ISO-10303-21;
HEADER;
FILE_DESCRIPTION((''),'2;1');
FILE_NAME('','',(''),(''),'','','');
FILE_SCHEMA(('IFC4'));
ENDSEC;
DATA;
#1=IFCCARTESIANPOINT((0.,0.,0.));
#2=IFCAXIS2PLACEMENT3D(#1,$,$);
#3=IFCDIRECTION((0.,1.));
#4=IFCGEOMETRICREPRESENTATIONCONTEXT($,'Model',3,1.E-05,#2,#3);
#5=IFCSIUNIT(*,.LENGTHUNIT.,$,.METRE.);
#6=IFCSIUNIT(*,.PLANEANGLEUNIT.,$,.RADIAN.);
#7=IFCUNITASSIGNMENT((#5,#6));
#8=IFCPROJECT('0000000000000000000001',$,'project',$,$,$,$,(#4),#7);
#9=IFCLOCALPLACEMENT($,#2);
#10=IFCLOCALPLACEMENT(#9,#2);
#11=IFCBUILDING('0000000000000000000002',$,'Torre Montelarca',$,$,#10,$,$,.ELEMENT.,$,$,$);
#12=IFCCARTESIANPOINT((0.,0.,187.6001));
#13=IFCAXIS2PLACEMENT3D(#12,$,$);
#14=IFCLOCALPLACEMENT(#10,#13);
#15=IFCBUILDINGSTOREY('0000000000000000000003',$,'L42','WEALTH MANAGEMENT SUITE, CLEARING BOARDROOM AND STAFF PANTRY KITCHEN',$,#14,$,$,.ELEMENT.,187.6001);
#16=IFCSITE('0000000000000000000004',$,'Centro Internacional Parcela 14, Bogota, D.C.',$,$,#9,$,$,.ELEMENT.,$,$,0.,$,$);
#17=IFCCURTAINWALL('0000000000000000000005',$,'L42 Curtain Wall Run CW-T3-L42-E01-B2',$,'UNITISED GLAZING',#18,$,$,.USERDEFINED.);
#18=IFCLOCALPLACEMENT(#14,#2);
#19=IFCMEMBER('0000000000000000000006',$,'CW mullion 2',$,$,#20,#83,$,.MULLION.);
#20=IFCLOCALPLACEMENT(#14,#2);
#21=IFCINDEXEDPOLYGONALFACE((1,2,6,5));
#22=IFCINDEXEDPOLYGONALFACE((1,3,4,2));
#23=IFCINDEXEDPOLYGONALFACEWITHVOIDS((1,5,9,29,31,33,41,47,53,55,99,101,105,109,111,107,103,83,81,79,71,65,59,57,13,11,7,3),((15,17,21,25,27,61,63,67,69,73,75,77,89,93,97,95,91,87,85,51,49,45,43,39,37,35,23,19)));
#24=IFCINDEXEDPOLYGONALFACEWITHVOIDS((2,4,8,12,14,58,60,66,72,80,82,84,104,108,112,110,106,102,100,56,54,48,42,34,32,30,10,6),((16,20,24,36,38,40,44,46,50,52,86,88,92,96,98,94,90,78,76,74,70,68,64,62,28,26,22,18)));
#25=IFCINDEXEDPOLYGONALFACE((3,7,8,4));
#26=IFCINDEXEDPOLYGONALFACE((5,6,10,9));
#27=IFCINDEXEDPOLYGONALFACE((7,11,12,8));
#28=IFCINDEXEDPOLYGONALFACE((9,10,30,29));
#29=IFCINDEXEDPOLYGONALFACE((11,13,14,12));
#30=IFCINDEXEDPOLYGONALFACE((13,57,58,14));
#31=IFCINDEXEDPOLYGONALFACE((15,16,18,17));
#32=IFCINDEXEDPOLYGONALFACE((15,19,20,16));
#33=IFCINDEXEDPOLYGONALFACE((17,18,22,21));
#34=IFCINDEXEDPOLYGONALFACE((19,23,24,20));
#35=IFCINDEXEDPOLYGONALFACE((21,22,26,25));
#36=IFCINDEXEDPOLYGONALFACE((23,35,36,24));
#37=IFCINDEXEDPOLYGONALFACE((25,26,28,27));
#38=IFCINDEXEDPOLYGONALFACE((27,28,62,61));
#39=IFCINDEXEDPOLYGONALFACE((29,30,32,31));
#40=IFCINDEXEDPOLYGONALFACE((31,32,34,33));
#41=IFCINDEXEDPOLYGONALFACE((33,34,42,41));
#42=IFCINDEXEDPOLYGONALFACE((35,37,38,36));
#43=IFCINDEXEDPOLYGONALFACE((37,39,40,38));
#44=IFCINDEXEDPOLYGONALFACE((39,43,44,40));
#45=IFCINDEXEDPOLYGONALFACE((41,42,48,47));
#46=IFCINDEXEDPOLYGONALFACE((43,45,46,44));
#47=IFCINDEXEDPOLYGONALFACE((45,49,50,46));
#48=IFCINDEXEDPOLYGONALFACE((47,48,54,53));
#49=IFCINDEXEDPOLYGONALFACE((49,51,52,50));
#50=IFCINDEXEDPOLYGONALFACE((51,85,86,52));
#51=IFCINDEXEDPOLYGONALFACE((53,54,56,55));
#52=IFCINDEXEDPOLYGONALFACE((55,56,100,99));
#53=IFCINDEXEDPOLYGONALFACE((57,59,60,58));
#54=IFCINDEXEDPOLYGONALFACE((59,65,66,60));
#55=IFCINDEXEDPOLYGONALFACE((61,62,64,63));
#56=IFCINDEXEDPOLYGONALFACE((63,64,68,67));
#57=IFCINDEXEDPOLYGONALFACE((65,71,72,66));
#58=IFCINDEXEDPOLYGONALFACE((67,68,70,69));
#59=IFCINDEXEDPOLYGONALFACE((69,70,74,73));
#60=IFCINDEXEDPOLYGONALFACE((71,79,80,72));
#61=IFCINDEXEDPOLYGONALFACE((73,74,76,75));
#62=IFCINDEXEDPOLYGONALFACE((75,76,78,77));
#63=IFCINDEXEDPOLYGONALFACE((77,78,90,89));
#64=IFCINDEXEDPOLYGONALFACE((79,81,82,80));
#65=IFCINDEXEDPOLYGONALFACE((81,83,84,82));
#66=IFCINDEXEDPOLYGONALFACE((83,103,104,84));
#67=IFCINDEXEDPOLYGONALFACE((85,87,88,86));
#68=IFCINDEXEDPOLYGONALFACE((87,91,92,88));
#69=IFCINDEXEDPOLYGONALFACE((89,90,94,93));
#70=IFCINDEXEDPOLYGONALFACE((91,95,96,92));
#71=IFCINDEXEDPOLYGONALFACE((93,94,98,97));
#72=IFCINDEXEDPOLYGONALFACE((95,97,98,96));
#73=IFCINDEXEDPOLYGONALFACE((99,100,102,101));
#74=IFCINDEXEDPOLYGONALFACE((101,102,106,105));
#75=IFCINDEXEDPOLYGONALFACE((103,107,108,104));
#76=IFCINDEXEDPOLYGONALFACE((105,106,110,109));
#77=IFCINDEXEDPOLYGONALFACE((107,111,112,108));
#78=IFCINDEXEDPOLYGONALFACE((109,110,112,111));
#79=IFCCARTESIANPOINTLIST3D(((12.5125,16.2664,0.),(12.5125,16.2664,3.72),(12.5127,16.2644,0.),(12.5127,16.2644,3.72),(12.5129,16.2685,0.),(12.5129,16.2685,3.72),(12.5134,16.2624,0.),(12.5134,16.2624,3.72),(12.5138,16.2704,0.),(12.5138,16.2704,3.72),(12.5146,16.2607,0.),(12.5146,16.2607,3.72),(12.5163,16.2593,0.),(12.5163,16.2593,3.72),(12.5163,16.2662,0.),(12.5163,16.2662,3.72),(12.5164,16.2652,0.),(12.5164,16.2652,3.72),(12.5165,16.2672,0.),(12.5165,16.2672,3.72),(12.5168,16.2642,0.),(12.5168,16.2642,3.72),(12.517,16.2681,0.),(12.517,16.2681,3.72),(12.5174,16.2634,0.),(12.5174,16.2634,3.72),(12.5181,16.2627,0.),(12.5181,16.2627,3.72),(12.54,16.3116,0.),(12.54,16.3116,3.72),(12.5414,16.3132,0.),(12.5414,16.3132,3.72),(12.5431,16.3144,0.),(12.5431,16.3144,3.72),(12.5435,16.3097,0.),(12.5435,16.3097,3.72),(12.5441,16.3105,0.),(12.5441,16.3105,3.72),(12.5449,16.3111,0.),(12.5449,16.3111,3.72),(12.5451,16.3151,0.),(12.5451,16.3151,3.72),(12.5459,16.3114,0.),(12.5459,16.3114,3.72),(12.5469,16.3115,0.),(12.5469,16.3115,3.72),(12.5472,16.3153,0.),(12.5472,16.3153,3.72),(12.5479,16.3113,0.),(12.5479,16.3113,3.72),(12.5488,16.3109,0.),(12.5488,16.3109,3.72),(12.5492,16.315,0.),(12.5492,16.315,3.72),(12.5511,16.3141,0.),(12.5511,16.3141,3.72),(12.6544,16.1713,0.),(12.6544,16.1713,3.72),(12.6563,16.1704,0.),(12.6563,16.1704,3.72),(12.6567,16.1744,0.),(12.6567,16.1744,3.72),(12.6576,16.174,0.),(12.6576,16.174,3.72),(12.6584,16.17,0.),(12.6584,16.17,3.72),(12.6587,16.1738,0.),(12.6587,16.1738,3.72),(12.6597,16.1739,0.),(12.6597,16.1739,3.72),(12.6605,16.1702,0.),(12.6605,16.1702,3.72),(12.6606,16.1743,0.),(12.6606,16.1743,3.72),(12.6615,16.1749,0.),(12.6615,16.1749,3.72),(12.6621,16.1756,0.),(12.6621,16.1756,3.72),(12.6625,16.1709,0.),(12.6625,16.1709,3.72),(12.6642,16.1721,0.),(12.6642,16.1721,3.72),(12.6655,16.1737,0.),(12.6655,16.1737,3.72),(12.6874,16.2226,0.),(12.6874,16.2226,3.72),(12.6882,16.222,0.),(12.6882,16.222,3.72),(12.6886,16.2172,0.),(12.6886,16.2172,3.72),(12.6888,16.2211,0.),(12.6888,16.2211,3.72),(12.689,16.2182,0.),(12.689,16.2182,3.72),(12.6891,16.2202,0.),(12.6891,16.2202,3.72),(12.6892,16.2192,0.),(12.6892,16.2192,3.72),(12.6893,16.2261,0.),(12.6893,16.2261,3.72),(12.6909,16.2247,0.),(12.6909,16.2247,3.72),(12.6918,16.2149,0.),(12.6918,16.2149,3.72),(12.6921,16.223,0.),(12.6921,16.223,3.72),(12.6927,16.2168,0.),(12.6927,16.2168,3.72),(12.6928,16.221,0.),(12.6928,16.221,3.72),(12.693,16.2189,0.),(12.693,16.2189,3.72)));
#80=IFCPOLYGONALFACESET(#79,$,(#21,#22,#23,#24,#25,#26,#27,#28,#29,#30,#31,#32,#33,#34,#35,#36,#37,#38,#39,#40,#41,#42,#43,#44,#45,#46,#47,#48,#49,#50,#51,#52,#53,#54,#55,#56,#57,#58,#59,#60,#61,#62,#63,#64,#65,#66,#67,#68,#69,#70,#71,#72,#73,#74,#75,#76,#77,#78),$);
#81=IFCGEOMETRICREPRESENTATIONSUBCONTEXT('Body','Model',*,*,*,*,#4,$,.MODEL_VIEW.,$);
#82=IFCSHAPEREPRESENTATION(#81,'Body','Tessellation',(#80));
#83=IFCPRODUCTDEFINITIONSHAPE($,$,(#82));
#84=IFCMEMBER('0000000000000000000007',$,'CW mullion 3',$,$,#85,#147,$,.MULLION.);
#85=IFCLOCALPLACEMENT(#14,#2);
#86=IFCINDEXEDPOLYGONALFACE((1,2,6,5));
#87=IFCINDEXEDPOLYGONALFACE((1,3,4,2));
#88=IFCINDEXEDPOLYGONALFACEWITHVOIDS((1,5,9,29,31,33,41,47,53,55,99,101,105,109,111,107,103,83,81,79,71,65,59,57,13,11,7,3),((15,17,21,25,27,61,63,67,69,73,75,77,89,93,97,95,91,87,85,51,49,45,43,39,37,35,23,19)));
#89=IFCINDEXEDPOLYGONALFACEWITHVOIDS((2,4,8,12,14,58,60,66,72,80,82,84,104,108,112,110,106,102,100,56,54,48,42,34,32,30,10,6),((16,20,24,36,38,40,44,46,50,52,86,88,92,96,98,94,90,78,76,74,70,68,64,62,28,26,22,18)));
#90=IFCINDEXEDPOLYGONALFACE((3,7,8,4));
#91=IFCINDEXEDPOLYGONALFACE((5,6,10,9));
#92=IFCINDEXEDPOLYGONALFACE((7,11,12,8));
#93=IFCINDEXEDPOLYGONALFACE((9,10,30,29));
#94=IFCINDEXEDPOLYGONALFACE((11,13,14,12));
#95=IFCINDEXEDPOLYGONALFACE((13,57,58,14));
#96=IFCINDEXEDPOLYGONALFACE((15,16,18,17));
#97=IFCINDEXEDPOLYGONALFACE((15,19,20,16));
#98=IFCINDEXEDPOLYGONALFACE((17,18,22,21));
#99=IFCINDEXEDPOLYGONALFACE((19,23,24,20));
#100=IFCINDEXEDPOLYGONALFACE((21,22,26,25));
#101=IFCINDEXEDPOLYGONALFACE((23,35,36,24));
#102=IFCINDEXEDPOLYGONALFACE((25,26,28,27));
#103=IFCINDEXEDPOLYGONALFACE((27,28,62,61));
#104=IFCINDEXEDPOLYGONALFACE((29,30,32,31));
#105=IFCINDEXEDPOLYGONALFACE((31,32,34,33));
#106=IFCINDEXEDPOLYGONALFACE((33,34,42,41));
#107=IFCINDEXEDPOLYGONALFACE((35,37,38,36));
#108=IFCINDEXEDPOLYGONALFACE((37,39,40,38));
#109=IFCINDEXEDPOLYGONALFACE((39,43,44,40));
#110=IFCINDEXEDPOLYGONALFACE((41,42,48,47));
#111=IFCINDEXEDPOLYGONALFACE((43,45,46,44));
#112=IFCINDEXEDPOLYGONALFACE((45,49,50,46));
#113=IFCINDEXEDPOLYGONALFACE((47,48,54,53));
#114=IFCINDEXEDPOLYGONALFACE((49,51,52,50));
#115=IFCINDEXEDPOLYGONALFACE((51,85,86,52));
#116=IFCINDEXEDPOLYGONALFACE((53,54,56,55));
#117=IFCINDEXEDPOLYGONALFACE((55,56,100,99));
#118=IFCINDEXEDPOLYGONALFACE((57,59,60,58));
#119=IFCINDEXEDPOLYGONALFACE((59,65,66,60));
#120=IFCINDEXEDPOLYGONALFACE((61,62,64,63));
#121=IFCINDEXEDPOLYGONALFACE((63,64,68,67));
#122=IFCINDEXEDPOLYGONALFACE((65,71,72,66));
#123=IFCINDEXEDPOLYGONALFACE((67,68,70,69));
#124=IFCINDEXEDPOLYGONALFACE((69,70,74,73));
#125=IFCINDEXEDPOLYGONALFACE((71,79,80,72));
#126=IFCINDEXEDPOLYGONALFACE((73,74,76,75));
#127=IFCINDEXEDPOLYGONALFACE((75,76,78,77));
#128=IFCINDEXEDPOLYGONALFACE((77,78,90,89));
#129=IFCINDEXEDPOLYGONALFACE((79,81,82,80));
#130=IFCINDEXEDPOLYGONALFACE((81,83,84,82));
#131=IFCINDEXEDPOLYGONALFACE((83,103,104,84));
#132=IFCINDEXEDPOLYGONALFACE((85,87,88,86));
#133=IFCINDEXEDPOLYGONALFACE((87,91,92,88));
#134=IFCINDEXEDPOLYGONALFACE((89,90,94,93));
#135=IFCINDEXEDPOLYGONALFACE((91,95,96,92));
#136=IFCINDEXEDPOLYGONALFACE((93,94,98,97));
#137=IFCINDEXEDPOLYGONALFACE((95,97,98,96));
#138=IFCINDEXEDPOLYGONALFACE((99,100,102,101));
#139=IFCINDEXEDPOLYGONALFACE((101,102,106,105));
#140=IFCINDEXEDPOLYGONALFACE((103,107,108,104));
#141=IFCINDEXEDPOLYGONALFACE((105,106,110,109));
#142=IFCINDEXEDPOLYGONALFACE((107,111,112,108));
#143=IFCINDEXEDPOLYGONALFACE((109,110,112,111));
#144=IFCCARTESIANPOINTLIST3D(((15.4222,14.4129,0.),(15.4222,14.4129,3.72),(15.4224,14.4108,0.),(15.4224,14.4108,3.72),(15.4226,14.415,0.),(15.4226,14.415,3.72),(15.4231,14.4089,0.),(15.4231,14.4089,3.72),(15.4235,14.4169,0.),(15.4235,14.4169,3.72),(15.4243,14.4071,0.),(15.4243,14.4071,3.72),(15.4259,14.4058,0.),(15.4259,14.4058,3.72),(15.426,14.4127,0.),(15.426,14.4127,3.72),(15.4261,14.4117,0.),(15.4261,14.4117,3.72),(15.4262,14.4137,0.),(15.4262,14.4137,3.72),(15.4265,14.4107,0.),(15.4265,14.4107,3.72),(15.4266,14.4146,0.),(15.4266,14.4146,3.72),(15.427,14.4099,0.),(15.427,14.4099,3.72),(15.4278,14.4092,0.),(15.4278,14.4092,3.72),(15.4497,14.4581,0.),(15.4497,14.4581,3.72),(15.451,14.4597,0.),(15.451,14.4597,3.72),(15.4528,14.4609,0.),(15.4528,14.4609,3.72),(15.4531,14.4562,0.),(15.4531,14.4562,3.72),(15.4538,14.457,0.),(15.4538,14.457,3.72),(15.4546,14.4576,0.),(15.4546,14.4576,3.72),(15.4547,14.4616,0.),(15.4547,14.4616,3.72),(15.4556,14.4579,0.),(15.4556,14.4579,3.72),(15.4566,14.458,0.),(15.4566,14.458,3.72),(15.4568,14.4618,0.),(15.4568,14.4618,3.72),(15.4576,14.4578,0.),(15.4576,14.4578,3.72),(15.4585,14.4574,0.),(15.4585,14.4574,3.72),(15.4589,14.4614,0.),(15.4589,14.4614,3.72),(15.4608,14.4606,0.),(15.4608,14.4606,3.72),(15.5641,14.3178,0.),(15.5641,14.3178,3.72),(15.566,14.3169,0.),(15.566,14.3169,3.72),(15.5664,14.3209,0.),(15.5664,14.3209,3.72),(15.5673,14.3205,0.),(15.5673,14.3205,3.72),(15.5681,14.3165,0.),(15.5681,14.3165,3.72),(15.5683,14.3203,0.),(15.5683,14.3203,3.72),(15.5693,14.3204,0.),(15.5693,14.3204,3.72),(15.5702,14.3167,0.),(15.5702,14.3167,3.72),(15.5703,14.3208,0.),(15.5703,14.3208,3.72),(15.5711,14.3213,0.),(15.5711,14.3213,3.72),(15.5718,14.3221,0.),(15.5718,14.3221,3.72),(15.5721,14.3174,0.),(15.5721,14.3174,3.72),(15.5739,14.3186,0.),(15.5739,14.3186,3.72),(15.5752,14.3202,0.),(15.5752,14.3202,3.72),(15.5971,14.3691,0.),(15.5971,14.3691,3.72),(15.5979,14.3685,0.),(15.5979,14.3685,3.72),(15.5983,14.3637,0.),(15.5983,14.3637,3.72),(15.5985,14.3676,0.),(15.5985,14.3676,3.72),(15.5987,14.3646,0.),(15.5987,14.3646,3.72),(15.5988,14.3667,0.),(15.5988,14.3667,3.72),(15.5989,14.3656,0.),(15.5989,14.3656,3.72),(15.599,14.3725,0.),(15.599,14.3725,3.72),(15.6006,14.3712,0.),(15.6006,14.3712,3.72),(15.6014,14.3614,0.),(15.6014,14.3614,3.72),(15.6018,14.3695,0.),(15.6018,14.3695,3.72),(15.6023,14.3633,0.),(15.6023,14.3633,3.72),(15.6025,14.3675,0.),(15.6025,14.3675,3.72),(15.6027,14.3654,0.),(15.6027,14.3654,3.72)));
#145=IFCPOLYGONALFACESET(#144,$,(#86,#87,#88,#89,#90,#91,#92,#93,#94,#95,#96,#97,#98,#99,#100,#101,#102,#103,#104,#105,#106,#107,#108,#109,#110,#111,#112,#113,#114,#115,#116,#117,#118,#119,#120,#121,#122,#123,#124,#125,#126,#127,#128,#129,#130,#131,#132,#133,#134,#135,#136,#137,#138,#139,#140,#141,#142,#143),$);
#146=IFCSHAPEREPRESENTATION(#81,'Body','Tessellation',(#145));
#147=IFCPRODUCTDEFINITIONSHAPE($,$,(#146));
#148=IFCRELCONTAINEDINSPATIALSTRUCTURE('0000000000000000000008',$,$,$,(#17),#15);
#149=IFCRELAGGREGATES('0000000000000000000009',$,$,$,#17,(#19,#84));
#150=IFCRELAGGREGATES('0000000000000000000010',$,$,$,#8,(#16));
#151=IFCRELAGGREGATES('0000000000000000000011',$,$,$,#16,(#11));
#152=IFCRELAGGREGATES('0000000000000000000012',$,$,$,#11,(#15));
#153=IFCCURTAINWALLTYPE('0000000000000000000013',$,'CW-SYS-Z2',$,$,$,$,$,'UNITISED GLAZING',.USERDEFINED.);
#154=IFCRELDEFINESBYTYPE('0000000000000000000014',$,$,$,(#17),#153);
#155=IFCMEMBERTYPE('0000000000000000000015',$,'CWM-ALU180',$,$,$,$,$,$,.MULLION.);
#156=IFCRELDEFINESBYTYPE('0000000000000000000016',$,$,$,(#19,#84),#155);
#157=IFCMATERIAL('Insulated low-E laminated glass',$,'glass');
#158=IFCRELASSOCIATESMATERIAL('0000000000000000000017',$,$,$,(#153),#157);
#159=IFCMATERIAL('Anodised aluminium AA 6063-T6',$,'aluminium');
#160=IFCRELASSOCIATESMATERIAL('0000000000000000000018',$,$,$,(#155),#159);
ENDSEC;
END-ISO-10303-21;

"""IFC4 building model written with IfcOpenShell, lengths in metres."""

from ifc_helpers import new_model, si_unit, direction, frame, origin, origin_2d, place, context, subcontext, project, spatial, hollow_rectangle, extrude, source, transform, mapped, material, material_profile, profile_set, type_object, element, aggregate, save


model = new_model("IFC4")

# Units and contexts
model_context = context("Model", 3, precision=1e-05, world=origin(), true_north=direction((0.0, 1.0)))
body_context = subcontext(model_context, "Body", "Model", "MODEL_VIEW")
ifc_project = project(units=[si_unit("LENGTHUNIT", "METRE"), si_unit("PLANEANGLEUNIT", "RADIAN")], contexts=[model_context])

# Site, building, storey
site_placement = place(None, origin())
site = spatial("IfcSite", under=ifc_project, at=site_placement, Name="Centro Internacional Parcela 14, Bogota, D.C.", CompositionType="ELEMENT", RefElevation=0.0)
building_placement = place(site_placement, origin())
building = spatial("IfcBuilding", under=site, at=building_placement, Name="Torre Montelarca", CompositionType="ELEMENT")
storey_placement = place(building_placement, frame((0.0, 0.0, 187.6001)))
storey = spatial("IfcBuildingStorey", under=building, at=storey_placement, Name="L42", Description="WEALTH MANAGEMENT SUITE, CLEARING BOARDROOM AND STAFF PANTRY KITCHEN", CompositionType="ELEMENT", Elevation=187.6001)

# Shared definitions
ifc_material_1 = material(Name="Insulated low-E laminated glass", Category="glass")
curtain_wall_type = type_object("IfcCurtainWallType", Name="CW-SYS-Z2", ElementType="UNITISED GLAZING", PredefinedType="USERDEFINED", material=ifc_material_1)
ifc_material_2 = material(Name="Anodised aluminium AA 6063-T6", Category="aluminium")
ifc_material_profile_1 = material_profile(ifc_material_2, hollow_rectangle(XDim=0.0649, YDim=0.1799, WallThickness=0.0039, InnerFilletRadius=0.0039, OuterFilletRadius=0.0081, at=origin_2d()), Name="ALU65X180X4", Category="aluminium")
ifc_profile_set_1 = profile_set([ifc_material_profile_1], Name="Anodised aluminium AA 6063-T6")
member_type_1 = type_object("IfcMemberType", Name="CWM-ALU180", PredefinedType="MULLION", material=ifc_profile_set_1)
shared_shape_1 = source(origin(), body_context, "Body", "SweptSolid", [
    extrude(hollow_rectangle(XDim=0.0649, YDim=0.1799, WallThickness=0.0039, InnerFilletRadius=0.0039, OuterFilletRadius=0.0081, at=origin_2d()), origin(), (0.0, 0.0, 1.0), 3.72),
])

# Curtain wall, members
curtain_wall_1_placement = place(storey_placement, origin())
curtain_wall_1 = element("IfcCurtainWall", 1, at=curtain_wall_1_placement, inside=storey, type_object=curtain_wall_type, Name="L42 Curtain Wall Run CW-T3-L42-E01-B2", ObjectType="UNITISED GLAZING", PredefinedType="USERDEFINED")
member_1_placement = place(storey_placement, frame((12.6028, 16.2427, 0.0), z_axis=(0.0, 0.0, 1.0), x_axis=(0.537302, 0.84339, 0.0)))
member_1 = element("IfcMember", 2, at=member_1_placement, type_object=member_type_1, Name="CW mullion 2", PredefinedType="MULLION", context=body_context, shape_type="MappedRepresentation", body=[
    mapped(shared_shape_1, transform((0.0, 0.0, 0.0), scale=1.0)),
])
member_2_placement = place(storey_placement, frame((15.5125, 14.3892, 0.0), z_axis=(0.0, 0.0, 1.0), x_axis=(0.537302, 0.84339, 0.0)))
member_2 = element("IfcMember", 3, at=member_2_placement, type_object=member_type_1, Name="CW mullion 3", PredefinedType="MULLION", context=body_context, shape_type="MappedRepresentation", body=[
    mapped(shared_shape_1, transform((0.0, 0.0, 0.0), scale=1.0)),
])

aggregate(curtain_wall_1, [member_1, member_2])

save(model, "model.ifc")
